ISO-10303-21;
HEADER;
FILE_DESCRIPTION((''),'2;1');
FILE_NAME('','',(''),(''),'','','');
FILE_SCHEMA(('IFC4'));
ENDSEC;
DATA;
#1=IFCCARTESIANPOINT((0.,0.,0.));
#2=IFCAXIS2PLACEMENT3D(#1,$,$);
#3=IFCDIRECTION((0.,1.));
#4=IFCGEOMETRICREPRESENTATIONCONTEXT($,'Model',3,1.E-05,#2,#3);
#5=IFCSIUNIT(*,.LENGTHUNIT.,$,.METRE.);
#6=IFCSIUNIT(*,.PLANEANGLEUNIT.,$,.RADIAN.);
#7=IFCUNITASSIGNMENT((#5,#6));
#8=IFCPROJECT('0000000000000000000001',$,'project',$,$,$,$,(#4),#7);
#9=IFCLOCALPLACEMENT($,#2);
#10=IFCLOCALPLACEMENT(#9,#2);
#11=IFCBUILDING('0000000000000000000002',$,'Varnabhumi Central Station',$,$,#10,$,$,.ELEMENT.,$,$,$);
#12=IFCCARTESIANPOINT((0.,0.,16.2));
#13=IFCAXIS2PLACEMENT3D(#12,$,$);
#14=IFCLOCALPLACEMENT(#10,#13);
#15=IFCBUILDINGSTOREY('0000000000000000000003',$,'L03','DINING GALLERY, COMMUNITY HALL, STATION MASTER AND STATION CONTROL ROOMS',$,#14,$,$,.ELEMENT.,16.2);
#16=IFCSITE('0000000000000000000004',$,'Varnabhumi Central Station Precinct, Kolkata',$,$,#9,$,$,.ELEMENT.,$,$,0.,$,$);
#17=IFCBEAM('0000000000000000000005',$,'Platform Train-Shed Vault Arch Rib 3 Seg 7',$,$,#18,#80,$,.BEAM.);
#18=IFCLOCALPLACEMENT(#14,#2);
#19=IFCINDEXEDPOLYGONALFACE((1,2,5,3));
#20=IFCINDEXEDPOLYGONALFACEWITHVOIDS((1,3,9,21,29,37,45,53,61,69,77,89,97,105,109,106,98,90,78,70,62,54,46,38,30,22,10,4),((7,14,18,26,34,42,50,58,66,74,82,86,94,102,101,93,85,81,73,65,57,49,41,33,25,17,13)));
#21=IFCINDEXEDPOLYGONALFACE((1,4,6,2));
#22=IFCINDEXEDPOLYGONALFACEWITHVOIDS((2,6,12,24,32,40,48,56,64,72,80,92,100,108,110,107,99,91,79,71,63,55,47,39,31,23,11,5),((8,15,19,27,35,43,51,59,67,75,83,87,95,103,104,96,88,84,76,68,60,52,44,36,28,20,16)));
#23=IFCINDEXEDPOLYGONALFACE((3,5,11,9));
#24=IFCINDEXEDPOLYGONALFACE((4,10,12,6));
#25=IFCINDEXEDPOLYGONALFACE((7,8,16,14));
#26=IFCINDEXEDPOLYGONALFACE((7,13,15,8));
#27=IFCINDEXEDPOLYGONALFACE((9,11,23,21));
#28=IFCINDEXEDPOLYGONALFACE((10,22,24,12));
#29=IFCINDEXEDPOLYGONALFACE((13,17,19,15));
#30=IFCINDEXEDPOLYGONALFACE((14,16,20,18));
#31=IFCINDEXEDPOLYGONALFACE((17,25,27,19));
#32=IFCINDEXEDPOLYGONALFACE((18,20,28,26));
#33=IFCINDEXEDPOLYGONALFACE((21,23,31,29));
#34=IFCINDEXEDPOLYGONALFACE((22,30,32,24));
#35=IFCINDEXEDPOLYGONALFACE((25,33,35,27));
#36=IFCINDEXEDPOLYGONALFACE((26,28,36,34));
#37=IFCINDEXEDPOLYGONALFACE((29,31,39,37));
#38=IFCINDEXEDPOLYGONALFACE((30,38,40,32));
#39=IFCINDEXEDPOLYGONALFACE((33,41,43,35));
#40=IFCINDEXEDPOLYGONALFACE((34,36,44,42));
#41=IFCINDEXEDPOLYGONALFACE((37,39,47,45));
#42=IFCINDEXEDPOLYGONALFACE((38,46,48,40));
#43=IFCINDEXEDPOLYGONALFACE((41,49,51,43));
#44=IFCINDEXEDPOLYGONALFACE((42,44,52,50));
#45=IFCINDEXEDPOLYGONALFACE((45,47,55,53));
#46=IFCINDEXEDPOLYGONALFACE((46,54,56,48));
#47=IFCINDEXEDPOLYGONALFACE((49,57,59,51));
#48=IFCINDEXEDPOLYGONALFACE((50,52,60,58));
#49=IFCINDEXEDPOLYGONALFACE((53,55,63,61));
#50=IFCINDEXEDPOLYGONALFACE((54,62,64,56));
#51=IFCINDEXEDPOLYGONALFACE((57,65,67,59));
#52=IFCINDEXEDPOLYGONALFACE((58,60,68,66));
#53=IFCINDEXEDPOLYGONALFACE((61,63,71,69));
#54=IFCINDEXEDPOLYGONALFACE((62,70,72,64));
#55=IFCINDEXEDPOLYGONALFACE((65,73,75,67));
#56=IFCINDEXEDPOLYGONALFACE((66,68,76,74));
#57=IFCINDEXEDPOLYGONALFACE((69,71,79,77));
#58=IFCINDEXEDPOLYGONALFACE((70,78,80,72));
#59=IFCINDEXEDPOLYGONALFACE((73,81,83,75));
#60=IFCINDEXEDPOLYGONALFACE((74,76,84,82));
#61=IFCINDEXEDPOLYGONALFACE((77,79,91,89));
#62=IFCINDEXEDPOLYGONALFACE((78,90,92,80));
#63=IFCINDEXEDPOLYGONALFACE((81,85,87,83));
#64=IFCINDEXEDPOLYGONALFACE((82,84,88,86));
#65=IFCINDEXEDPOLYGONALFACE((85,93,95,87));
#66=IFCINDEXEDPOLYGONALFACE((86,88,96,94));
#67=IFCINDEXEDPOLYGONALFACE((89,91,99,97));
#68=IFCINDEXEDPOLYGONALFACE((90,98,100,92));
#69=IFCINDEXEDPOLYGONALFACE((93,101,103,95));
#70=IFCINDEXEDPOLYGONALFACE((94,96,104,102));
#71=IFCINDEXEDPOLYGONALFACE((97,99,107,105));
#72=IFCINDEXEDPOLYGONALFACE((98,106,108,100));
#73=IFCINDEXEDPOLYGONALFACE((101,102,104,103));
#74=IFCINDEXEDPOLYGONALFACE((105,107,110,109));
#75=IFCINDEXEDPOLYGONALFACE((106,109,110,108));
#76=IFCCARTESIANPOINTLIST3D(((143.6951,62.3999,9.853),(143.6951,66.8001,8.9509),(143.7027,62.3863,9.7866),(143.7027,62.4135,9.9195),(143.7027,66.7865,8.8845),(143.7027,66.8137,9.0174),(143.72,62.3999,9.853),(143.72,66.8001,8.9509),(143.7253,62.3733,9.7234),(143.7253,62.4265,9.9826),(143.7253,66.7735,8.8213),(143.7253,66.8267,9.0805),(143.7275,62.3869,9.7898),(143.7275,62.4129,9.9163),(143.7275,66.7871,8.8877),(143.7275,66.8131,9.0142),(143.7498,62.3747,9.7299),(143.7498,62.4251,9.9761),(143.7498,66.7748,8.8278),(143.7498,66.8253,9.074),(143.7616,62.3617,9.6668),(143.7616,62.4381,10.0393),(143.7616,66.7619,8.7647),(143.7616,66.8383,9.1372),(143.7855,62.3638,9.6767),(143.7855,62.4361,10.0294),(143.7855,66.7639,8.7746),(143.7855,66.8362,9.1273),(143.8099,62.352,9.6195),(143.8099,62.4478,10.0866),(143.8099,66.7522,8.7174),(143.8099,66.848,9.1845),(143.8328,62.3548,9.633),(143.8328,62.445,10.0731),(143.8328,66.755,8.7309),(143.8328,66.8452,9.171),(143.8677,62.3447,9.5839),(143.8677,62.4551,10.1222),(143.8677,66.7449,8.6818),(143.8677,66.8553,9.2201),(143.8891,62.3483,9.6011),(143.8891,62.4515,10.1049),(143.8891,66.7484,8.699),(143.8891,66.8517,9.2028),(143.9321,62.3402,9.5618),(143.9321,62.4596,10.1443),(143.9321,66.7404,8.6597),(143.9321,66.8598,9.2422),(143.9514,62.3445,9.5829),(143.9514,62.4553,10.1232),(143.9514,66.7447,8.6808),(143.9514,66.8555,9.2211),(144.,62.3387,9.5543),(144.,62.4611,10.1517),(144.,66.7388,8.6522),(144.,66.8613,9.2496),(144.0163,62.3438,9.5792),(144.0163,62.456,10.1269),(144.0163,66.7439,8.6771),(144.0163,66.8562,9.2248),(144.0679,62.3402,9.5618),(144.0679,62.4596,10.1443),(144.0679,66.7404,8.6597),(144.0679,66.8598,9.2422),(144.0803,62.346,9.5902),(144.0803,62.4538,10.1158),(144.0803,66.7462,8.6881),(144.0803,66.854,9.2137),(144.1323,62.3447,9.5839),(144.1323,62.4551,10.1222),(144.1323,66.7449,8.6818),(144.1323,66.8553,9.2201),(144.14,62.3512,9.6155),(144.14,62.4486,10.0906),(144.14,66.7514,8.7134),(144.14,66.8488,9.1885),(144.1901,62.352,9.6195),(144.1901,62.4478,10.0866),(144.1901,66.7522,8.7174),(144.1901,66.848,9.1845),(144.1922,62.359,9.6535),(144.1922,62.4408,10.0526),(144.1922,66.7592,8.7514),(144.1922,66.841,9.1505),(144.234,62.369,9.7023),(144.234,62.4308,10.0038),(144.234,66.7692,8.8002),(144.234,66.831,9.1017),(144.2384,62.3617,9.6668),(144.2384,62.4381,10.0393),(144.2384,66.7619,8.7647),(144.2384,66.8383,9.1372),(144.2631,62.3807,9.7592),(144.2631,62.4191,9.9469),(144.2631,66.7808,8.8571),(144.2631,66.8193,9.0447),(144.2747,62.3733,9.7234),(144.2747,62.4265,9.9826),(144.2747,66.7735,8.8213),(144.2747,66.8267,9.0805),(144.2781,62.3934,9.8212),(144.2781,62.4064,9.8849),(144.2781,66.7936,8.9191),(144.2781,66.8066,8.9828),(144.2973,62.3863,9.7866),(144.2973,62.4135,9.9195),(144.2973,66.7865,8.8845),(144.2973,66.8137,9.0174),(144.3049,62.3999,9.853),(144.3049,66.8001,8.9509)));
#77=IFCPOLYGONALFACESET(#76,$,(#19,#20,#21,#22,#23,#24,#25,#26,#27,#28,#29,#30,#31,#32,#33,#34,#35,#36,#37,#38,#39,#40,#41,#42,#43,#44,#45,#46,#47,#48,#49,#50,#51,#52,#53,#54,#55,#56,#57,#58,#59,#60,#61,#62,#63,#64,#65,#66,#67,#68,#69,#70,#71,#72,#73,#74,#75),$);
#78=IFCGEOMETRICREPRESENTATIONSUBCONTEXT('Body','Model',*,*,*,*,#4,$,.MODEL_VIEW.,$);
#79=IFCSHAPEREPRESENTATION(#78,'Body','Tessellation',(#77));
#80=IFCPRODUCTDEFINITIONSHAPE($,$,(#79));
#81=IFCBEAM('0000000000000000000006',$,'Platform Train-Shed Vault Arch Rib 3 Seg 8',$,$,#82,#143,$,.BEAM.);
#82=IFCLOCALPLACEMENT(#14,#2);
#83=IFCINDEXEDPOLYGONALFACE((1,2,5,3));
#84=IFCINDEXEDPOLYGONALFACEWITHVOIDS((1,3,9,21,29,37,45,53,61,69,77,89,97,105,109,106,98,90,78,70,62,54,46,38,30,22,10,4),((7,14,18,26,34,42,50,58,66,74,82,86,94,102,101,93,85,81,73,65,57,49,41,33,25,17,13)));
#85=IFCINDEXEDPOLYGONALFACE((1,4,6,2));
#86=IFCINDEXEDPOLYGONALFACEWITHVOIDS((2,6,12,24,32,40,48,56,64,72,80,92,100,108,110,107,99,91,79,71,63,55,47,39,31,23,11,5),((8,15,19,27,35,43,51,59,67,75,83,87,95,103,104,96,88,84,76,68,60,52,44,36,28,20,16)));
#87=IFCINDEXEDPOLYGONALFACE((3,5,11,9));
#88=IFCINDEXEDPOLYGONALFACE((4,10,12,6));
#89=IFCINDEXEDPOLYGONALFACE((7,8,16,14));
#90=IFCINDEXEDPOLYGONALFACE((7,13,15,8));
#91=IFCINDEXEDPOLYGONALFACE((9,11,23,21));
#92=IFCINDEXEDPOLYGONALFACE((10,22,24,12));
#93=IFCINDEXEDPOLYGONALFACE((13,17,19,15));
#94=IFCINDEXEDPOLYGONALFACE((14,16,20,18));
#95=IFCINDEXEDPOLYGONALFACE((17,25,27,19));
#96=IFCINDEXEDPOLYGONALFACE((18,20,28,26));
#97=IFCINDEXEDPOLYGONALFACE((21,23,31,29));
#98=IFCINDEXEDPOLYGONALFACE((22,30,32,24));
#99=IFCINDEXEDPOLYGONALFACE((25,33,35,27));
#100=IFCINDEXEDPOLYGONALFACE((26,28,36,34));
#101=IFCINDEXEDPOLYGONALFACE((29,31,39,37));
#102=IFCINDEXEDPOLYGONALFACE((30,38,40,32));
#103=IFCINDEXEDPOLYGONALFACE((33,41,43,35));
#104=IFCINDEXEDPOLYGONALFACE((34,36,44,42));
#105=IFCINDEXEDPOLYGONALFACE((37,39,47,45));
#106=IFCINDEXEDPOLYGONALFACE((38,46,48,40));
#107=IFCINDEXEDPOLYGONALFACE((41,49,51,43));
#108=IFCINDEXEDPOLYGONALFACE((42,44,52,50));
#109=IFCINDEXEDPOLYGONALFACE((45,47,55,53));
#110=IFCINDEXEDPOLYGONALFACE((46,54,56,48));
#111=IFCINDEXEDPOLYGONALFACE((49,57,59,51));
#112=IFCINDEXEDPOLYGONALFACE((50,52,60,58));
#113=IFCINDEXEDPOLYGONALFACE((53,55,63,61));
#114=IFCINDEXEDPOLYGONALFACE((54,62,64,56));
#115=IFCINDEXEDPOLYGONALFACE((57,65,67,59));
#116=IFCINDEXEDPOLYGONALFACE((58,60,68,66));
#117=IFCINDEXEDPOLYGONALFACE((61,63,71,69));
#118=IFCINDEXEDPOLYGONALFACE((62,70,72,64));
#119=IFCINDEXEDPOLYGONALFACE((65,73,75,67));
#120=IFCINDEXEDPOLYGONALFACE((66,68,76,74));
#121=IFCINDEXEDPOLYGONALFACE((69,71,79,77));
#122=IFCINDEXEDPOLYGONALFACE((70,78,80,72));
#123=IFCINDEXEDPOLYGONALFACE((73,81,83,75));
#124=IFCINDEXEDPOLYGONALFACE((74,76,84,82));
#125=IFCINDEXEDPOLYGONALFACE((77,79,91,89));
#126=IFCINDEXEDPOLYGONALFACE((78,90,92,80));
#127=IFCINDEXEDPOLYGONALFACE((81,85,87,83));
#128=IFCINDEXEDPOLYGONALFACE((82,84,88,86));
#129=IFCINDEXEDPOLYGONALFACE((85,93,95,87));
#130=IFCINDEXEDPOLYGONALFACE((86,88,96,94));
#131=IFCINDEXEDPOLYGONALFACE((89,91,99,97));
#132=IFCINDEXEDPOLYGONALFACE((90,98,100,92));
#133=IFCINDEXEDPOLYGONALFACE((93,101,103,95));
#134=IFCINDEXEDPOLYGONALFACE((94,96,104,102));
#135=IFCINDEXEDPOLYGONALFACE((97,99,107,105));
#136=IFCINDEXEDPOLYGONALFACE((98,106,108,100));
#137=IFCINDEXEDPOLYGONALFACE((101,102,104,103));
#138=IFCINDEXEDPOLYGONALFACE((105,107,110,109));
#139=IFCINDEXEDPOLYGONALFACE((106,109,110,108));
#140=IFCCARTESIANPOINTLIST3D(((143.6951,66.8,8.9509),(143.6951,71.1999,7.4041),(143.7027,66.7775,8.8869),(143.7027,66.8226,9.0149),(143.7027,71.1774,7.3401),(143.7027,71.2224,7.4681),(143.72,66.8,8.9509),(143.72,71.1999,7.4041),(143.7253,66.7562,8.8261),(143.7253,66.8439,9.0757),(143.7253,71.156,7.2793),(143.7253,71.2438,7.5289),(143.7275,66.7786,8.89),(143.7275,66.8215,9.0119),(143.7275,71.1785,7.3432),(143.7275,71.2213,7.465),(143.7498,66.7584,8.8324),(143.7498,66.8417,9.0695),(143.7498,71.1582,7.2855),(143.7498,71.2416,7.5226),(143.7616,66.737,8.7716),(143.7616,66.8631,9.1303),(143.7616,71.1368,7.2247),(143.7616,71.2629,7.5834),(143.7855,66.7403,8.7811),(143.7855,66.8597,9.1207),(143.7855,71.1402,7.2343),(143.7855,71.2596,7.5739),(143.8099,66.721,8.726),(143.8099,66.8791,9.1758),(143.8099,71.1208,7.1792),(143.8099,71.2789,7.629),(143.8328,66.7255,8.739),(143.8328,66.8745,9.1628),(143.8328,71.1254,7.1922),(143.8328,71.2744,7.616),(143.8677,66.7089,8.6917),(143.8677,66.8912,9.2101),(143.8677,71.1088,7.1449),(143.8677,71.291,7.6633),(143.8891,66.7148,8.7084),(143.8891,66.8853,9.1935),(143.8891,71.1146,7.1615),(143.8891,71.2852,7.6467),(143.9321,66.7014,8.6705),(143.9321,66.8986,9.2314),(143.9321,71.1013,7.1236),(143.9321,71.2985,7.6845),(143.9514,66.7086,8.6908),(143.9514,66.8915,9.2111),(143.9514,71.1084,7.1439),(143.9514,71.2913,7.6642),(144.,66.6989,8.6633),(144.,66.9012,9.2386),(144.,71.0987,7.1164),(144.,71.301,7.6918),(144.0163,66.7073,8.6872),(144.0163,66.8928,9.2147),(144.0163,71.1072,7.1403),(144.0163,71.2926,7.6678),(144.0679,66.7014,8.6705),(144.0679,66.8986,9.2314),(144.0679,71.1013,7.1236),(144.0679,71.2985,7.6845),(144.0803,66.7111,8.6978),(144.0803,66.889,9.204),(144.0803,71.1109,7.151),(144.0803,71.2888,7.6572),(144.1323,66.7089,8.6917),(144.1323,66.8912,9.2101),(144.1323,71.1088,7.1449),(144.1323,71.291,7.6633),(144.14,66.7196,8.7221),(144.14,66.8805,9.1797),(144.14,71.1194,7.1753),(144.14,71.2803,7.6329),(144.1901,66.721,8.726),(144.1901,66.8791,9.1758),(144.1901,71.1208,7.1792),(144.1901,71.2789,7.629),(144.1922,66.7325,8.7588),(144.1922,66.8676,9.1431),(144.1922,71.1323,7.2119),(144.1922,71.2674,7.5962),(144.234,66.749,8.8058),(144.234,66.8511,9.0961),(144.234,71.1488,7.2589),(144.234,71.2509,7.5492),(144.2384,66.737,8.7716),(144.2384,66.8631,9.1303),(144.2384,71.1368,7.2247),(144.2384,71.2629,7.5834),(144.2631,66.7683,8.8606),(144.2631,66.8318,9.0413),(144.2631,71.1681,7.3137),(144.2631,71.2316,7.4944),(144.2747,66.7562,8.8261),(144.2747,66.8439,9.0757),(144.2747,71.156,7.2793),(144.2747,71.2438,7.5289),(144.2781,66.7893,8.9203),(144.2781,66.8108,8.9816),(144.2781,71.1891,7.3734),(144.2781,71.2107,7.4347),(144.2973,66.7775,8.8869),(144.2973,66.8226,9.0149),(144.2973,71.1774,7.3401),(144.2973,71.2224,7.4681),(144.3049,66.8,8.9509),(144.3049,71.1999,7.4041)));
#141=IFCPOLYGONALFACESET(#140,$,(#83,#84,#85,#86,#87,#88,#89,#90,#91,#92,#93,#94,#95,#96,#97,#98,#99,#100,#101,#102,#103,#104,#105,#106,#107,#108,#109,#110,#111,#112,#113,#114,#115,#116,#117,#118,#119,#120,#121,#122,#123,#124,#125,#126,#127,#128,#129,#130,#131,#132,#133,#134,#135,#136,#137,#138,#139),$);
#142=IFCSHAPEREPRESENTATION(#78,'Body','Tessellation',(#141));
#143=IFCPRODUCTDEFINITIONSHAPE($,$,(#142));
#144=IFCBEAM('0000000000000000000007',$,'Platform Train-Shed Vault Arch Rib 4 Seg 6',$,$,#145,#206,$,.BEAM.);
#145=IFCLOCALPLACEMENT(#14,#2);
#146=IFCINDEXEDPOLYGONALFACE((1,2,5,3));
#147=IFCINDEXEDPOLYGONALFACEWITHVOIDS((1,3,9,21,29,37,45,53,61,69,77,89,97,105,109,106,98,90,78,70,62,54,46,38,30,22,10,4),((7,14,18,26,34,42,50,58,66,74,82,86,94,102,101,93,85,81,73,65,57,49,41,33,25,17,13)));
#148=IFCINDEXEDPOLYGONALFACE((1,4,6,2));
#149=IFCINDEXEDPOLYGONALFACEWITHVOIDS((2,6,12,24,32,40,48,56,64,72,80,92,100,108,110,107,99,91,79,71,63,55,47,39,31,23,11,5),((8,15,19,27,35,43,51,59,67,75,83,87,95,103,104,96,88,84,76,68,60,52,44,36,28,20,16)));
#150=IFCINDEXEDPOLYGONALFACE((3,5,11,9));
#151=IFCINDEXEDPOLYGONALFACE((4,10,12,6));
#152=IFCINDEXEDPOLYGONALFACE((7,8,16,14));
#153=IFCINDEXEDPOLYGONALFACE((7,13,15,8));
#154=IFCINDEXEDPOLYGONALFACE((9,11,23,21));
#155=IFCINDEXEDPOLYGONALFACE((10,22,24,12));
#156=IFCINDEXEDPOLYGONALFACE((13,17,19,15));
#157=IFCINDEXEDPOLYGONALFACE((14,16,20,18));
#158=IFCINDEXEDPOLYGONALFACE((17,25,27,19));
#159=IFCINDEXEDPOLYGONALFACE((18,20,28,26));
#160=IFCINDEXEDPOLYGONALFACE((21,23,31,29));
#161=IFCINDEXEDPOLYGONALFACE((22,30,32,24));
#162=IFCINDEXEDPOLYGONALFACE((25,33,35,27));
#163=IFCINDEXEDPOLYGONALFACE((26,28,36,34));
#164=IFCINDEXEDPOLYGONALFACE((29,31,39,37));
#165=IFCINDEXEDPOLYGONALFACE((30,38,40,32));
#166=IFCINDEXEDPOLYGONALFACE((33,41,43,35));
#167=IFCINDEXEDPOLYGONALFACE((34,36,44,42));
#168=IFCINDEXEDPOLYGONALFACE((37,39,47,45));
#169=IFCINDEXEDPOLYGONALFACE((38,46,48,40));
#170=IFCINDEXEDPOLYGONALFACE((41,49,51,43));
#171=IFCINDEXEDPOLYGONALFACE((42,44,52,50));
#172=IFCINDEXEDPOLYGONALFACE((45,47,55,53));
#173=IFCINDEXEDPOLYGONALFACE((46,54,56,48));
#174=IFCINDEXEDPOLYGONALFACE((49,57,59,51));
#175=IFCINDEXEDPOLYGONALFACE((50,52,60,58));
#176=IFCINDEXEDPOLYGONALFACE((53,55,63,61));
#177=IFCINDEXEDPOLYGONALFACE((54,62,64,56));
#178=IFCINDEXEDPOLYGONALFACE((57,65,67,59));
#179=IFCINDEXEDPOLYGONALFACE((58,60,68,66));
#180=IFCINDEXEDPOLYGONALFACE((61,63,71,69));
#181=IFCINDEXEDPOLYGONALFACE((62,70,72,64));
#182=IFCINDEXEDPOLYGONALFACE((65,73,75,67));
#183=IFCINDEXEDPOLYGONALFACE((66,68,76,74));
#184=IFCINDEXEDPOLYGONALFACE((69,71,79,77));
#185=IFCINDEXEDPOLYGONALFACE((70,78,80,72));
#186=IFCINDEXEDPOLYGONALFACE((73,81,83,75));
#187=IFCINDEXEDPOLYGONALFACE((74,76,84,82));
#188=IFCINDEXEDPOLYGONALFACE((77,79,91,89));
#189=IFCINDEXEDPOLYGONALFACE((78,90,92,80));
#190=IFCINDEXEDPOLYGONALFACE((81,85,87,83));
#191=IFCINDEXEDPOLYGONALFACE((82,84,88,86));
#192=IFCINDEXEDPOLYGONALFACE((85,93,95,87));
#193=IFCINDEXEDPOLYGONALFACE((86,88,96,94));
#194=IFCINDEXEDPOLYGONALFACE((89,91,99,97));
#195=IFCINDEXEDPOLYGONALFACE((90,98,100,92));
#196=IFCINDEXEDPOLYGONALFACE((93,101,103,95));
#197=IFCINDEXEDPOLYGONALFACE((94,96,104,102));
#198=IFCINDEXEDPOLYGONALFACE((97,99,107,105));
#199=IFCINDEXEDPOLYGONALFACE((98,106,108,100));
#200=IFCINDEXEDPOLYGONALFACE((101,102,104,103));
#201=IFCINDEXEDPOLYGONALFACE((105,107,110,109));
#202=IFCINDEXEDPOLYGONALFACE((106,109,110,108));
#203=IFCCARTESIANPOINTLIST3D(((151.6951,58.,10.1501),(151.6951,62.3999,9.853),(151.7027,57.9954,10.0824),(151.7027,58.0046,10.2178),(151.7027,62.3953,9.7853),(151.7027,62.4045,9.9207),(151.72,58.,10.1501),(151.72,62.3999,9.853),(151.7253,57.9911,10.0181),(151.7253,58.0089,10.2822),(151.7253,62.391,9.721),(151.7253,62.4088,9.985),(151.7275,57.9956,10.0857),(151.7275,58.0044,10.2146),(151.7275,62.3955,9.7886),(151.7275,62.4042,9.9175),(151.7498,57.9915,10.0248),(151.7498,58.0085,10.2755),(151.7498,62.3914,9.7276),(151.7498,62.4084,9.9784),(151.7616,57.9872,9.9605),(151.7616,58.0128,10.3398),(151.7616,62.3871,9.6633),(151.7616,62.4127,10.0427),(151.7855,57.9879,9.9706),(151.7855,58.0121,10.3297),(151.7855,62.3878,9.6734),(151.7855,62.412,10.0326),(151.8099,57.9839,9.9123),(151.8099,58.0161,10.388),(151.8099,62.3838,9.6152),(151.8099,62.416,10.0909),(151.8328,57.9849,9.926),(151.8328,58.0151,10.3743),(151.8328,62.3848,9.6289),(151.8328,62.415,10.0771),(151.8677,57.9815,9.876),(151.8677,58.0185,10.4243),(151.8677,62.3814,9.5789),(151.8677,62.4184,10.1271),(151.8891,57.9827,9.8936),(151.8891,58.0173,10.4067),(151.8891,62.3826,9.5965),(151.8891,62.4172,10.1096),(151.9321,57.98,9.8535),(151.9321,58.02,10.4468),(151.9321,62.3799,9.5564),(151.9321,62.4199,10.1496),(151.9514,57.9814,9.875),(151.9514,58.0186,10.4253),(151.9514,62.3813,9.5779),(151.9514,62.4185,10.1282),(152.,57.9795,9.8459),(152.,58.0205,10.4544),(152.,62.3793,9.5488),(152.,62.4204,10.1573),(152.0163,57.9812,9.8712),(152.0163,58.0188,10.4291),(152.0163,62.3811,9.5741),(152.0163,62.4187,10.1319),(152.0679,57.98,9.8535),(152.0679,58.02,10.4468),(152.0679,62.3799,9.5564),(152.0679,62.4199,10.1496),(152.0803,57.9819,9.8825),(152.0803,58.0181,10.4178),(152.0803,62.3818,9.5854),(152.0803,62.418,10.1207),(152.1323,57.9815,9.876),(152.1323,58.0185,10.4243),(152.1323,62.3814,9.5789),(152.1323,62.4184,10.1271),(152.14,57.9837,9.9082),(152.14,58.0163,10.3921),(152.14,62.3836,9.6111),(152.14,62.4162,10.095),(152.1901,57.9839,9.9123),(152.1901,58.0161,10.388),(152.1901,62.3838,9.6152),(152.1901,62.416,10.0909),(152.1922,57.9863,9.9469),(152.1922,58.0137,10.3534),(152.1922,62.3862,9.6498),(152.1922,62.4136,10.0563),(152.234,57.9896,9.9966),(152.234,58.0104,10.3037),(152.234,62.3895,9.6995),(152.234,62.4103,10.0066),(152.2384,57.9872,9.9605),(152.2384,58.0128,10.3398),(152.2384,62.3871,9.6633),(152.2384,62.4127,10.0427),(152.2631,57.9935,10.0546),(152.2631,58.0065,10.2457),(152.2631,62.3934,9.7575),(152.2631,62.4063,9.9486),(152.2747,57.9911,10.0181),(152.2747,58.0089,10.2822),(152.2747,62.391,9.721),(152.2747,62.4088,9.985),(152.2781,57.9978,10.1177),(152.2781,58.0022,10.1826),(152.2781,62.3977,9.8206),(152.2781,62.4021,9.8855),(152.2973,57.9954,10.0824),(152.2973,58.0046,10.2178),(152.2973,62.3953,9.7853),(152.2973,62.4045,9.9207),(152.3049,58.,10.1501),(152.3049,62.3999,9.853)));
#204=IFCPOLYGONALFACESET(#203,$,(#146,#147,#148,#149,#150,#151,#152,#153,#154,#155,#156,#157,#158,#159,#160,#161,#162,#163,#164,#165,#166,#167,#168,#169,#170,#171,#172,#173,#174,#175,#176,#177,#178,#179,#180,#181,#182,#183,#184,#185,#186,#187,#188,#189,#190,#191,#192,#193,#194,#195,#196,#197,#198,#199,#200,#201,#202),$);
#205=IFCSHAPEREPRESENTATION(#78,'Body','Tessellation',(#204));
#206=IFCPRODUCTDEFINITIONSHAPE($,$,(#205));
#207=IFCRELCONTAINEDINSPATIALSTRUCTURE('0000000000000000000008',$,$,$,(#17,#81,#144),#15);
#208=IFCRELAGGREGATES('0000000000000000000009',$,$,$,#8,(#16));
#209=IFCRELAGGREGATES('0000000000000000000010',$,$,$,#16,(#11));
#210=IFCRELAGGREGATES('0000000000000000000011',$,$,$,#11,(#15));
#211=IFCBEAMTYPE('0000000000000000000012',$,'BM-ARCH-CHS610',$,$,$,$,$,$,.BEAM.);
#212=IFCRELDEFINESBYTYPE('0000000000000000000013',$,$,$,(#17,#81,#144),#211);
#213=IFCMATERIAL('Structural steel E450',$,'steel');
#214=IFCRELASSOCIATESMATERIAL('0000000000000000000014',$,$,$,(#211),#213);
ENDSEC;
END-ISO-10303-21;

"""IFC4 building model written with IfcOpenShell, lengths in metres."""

from ifc_helpers import new_model, si_unit, direction, frame, origin, origin_2d, place, context, subcontext, project, spatial, hollow_circle, extrude, material, material_profile, profile_set, type_object, element, save


model = new_model("IFC4")

# Units and contexts
model_context = context("Model", 3, precision=1e-05, world=origin(), true_north=direction((0.0, 1.0)))
body_context = subcontext(model_context, "Body", "Model", "MODEL_VIEW")
ifc_project = project(units=[si_unit("LENGTHUNIT", "METRE"), si_unit("PLANEANGLEUNIT", "RADIAN")], contexts=[model_context])

# Site, building, storey
site_placement = place(None, origin())
site = spatial("IfcSite", under=ifc_project, at=site_placement, Name="Varnabhumi Central Station Precinct, Kolkata", CompositionType="ELEMENT", RefElevation=0.0)
building_placement = place(site_placement, origin())
building = spatial("IfcBuilding", under=site, at=building_placement, Name="Varnabhumi Central Station", CompositionType="ELEMENT")
storey_placement = place(building_placement, frame((0.0, 0.0, 16.2)))
storey = spatial("IfcBuildingStorey", under=building, at=storey_placement, Name="L03", Description="DINING GALLERY, COMMUNITY HALL, STATION MASTER AND STATION CONTROL ROOMS", CompositionType="ELEMENT", Elevation=16.2)

# Beams
ifc_material_1 = material(Name="Structural steel E450", Category="steel")
ifc_material_profile_1 = material_profile(ifc_material_1, hollow_circle(Radius=0.3049, WallThickness=0.0249, at=origin_2d()), Name="Structural steel E450", Category="steel")
ifc_profile_set_1 = profile_set([ifc_material_profile_1], Name="Structural steel E450")
beam_type_1 = type_object("IfcBeamType", Name="BM-ARCH-CHS610", PredefinedType="BEAM", material=ifc_profile_set_1)
beam_1_placement = place(storey_placement, frame((144.0, 62.3999, 9.853), z_axis=(0.0, 0.979624, -0.200838), x_axis=(-1.0, 0.0, 0.0)))
element("IfcBeam", 1, at=beam_1_placement, inside=storey, type_object=beam_type_1, Name="Platform Train-Shed Vault Arch Rib 3 Seg 7", PredefinedType="BEAM", context=body_context, shape_type="SweptSolid", body=[
    extrude(hollow_circle(Radius=0.3049, WallThickness=0.0249, at=origin_2d()), origin(), (0.0, 0.0, 1.0), 4.4917),
])
beam_2_placement = place(storey_placement, frame((144.0, 66.8, 8.9509), z_axis=(0.0, 0.943396, -0.33167), x_axis=(-1.0, 0.0, 0.0)))
element("IfcBeam", 2, at=beam_2_placement, inside=storey, type_object=beam_type_1, Name="Platform Train-Shed Vault Arch Rib 3 Seg 8", PredefinedType="BEAM", context=body_context, shape_type="SweptSolid", body=[
    extrude(hollow_circle(Radius=0.3049, WallThickness=0.0249, at=origin_2d()), origin(), (0.0, 0.0, 1.0), 4.6638),
])
beam_3_placement = place(storey_placement, frame((152.0, 58.0, 10.1501), z_axis=(0.0, 0.997728, -0.067375), x_axis=(-1.0, 0.0, 0.0)))
element("IfcBeam", 3, at=beam_3_placement, inside=storey, type_object=beam_type_1, Name="Platform Train-Shed Vault Arch Rib 4 Seg 6", PredefinedType="BEAM", context=body_context, shape_type="SweptSolid", body=[
    extrude(hollow_circle(Radius=0.3049, WallThickness=0.0249, at=origin_2d()), origin(), (0.0, 0.0, 1.0), 4.4099),
])

save(model, "model.ifc")
